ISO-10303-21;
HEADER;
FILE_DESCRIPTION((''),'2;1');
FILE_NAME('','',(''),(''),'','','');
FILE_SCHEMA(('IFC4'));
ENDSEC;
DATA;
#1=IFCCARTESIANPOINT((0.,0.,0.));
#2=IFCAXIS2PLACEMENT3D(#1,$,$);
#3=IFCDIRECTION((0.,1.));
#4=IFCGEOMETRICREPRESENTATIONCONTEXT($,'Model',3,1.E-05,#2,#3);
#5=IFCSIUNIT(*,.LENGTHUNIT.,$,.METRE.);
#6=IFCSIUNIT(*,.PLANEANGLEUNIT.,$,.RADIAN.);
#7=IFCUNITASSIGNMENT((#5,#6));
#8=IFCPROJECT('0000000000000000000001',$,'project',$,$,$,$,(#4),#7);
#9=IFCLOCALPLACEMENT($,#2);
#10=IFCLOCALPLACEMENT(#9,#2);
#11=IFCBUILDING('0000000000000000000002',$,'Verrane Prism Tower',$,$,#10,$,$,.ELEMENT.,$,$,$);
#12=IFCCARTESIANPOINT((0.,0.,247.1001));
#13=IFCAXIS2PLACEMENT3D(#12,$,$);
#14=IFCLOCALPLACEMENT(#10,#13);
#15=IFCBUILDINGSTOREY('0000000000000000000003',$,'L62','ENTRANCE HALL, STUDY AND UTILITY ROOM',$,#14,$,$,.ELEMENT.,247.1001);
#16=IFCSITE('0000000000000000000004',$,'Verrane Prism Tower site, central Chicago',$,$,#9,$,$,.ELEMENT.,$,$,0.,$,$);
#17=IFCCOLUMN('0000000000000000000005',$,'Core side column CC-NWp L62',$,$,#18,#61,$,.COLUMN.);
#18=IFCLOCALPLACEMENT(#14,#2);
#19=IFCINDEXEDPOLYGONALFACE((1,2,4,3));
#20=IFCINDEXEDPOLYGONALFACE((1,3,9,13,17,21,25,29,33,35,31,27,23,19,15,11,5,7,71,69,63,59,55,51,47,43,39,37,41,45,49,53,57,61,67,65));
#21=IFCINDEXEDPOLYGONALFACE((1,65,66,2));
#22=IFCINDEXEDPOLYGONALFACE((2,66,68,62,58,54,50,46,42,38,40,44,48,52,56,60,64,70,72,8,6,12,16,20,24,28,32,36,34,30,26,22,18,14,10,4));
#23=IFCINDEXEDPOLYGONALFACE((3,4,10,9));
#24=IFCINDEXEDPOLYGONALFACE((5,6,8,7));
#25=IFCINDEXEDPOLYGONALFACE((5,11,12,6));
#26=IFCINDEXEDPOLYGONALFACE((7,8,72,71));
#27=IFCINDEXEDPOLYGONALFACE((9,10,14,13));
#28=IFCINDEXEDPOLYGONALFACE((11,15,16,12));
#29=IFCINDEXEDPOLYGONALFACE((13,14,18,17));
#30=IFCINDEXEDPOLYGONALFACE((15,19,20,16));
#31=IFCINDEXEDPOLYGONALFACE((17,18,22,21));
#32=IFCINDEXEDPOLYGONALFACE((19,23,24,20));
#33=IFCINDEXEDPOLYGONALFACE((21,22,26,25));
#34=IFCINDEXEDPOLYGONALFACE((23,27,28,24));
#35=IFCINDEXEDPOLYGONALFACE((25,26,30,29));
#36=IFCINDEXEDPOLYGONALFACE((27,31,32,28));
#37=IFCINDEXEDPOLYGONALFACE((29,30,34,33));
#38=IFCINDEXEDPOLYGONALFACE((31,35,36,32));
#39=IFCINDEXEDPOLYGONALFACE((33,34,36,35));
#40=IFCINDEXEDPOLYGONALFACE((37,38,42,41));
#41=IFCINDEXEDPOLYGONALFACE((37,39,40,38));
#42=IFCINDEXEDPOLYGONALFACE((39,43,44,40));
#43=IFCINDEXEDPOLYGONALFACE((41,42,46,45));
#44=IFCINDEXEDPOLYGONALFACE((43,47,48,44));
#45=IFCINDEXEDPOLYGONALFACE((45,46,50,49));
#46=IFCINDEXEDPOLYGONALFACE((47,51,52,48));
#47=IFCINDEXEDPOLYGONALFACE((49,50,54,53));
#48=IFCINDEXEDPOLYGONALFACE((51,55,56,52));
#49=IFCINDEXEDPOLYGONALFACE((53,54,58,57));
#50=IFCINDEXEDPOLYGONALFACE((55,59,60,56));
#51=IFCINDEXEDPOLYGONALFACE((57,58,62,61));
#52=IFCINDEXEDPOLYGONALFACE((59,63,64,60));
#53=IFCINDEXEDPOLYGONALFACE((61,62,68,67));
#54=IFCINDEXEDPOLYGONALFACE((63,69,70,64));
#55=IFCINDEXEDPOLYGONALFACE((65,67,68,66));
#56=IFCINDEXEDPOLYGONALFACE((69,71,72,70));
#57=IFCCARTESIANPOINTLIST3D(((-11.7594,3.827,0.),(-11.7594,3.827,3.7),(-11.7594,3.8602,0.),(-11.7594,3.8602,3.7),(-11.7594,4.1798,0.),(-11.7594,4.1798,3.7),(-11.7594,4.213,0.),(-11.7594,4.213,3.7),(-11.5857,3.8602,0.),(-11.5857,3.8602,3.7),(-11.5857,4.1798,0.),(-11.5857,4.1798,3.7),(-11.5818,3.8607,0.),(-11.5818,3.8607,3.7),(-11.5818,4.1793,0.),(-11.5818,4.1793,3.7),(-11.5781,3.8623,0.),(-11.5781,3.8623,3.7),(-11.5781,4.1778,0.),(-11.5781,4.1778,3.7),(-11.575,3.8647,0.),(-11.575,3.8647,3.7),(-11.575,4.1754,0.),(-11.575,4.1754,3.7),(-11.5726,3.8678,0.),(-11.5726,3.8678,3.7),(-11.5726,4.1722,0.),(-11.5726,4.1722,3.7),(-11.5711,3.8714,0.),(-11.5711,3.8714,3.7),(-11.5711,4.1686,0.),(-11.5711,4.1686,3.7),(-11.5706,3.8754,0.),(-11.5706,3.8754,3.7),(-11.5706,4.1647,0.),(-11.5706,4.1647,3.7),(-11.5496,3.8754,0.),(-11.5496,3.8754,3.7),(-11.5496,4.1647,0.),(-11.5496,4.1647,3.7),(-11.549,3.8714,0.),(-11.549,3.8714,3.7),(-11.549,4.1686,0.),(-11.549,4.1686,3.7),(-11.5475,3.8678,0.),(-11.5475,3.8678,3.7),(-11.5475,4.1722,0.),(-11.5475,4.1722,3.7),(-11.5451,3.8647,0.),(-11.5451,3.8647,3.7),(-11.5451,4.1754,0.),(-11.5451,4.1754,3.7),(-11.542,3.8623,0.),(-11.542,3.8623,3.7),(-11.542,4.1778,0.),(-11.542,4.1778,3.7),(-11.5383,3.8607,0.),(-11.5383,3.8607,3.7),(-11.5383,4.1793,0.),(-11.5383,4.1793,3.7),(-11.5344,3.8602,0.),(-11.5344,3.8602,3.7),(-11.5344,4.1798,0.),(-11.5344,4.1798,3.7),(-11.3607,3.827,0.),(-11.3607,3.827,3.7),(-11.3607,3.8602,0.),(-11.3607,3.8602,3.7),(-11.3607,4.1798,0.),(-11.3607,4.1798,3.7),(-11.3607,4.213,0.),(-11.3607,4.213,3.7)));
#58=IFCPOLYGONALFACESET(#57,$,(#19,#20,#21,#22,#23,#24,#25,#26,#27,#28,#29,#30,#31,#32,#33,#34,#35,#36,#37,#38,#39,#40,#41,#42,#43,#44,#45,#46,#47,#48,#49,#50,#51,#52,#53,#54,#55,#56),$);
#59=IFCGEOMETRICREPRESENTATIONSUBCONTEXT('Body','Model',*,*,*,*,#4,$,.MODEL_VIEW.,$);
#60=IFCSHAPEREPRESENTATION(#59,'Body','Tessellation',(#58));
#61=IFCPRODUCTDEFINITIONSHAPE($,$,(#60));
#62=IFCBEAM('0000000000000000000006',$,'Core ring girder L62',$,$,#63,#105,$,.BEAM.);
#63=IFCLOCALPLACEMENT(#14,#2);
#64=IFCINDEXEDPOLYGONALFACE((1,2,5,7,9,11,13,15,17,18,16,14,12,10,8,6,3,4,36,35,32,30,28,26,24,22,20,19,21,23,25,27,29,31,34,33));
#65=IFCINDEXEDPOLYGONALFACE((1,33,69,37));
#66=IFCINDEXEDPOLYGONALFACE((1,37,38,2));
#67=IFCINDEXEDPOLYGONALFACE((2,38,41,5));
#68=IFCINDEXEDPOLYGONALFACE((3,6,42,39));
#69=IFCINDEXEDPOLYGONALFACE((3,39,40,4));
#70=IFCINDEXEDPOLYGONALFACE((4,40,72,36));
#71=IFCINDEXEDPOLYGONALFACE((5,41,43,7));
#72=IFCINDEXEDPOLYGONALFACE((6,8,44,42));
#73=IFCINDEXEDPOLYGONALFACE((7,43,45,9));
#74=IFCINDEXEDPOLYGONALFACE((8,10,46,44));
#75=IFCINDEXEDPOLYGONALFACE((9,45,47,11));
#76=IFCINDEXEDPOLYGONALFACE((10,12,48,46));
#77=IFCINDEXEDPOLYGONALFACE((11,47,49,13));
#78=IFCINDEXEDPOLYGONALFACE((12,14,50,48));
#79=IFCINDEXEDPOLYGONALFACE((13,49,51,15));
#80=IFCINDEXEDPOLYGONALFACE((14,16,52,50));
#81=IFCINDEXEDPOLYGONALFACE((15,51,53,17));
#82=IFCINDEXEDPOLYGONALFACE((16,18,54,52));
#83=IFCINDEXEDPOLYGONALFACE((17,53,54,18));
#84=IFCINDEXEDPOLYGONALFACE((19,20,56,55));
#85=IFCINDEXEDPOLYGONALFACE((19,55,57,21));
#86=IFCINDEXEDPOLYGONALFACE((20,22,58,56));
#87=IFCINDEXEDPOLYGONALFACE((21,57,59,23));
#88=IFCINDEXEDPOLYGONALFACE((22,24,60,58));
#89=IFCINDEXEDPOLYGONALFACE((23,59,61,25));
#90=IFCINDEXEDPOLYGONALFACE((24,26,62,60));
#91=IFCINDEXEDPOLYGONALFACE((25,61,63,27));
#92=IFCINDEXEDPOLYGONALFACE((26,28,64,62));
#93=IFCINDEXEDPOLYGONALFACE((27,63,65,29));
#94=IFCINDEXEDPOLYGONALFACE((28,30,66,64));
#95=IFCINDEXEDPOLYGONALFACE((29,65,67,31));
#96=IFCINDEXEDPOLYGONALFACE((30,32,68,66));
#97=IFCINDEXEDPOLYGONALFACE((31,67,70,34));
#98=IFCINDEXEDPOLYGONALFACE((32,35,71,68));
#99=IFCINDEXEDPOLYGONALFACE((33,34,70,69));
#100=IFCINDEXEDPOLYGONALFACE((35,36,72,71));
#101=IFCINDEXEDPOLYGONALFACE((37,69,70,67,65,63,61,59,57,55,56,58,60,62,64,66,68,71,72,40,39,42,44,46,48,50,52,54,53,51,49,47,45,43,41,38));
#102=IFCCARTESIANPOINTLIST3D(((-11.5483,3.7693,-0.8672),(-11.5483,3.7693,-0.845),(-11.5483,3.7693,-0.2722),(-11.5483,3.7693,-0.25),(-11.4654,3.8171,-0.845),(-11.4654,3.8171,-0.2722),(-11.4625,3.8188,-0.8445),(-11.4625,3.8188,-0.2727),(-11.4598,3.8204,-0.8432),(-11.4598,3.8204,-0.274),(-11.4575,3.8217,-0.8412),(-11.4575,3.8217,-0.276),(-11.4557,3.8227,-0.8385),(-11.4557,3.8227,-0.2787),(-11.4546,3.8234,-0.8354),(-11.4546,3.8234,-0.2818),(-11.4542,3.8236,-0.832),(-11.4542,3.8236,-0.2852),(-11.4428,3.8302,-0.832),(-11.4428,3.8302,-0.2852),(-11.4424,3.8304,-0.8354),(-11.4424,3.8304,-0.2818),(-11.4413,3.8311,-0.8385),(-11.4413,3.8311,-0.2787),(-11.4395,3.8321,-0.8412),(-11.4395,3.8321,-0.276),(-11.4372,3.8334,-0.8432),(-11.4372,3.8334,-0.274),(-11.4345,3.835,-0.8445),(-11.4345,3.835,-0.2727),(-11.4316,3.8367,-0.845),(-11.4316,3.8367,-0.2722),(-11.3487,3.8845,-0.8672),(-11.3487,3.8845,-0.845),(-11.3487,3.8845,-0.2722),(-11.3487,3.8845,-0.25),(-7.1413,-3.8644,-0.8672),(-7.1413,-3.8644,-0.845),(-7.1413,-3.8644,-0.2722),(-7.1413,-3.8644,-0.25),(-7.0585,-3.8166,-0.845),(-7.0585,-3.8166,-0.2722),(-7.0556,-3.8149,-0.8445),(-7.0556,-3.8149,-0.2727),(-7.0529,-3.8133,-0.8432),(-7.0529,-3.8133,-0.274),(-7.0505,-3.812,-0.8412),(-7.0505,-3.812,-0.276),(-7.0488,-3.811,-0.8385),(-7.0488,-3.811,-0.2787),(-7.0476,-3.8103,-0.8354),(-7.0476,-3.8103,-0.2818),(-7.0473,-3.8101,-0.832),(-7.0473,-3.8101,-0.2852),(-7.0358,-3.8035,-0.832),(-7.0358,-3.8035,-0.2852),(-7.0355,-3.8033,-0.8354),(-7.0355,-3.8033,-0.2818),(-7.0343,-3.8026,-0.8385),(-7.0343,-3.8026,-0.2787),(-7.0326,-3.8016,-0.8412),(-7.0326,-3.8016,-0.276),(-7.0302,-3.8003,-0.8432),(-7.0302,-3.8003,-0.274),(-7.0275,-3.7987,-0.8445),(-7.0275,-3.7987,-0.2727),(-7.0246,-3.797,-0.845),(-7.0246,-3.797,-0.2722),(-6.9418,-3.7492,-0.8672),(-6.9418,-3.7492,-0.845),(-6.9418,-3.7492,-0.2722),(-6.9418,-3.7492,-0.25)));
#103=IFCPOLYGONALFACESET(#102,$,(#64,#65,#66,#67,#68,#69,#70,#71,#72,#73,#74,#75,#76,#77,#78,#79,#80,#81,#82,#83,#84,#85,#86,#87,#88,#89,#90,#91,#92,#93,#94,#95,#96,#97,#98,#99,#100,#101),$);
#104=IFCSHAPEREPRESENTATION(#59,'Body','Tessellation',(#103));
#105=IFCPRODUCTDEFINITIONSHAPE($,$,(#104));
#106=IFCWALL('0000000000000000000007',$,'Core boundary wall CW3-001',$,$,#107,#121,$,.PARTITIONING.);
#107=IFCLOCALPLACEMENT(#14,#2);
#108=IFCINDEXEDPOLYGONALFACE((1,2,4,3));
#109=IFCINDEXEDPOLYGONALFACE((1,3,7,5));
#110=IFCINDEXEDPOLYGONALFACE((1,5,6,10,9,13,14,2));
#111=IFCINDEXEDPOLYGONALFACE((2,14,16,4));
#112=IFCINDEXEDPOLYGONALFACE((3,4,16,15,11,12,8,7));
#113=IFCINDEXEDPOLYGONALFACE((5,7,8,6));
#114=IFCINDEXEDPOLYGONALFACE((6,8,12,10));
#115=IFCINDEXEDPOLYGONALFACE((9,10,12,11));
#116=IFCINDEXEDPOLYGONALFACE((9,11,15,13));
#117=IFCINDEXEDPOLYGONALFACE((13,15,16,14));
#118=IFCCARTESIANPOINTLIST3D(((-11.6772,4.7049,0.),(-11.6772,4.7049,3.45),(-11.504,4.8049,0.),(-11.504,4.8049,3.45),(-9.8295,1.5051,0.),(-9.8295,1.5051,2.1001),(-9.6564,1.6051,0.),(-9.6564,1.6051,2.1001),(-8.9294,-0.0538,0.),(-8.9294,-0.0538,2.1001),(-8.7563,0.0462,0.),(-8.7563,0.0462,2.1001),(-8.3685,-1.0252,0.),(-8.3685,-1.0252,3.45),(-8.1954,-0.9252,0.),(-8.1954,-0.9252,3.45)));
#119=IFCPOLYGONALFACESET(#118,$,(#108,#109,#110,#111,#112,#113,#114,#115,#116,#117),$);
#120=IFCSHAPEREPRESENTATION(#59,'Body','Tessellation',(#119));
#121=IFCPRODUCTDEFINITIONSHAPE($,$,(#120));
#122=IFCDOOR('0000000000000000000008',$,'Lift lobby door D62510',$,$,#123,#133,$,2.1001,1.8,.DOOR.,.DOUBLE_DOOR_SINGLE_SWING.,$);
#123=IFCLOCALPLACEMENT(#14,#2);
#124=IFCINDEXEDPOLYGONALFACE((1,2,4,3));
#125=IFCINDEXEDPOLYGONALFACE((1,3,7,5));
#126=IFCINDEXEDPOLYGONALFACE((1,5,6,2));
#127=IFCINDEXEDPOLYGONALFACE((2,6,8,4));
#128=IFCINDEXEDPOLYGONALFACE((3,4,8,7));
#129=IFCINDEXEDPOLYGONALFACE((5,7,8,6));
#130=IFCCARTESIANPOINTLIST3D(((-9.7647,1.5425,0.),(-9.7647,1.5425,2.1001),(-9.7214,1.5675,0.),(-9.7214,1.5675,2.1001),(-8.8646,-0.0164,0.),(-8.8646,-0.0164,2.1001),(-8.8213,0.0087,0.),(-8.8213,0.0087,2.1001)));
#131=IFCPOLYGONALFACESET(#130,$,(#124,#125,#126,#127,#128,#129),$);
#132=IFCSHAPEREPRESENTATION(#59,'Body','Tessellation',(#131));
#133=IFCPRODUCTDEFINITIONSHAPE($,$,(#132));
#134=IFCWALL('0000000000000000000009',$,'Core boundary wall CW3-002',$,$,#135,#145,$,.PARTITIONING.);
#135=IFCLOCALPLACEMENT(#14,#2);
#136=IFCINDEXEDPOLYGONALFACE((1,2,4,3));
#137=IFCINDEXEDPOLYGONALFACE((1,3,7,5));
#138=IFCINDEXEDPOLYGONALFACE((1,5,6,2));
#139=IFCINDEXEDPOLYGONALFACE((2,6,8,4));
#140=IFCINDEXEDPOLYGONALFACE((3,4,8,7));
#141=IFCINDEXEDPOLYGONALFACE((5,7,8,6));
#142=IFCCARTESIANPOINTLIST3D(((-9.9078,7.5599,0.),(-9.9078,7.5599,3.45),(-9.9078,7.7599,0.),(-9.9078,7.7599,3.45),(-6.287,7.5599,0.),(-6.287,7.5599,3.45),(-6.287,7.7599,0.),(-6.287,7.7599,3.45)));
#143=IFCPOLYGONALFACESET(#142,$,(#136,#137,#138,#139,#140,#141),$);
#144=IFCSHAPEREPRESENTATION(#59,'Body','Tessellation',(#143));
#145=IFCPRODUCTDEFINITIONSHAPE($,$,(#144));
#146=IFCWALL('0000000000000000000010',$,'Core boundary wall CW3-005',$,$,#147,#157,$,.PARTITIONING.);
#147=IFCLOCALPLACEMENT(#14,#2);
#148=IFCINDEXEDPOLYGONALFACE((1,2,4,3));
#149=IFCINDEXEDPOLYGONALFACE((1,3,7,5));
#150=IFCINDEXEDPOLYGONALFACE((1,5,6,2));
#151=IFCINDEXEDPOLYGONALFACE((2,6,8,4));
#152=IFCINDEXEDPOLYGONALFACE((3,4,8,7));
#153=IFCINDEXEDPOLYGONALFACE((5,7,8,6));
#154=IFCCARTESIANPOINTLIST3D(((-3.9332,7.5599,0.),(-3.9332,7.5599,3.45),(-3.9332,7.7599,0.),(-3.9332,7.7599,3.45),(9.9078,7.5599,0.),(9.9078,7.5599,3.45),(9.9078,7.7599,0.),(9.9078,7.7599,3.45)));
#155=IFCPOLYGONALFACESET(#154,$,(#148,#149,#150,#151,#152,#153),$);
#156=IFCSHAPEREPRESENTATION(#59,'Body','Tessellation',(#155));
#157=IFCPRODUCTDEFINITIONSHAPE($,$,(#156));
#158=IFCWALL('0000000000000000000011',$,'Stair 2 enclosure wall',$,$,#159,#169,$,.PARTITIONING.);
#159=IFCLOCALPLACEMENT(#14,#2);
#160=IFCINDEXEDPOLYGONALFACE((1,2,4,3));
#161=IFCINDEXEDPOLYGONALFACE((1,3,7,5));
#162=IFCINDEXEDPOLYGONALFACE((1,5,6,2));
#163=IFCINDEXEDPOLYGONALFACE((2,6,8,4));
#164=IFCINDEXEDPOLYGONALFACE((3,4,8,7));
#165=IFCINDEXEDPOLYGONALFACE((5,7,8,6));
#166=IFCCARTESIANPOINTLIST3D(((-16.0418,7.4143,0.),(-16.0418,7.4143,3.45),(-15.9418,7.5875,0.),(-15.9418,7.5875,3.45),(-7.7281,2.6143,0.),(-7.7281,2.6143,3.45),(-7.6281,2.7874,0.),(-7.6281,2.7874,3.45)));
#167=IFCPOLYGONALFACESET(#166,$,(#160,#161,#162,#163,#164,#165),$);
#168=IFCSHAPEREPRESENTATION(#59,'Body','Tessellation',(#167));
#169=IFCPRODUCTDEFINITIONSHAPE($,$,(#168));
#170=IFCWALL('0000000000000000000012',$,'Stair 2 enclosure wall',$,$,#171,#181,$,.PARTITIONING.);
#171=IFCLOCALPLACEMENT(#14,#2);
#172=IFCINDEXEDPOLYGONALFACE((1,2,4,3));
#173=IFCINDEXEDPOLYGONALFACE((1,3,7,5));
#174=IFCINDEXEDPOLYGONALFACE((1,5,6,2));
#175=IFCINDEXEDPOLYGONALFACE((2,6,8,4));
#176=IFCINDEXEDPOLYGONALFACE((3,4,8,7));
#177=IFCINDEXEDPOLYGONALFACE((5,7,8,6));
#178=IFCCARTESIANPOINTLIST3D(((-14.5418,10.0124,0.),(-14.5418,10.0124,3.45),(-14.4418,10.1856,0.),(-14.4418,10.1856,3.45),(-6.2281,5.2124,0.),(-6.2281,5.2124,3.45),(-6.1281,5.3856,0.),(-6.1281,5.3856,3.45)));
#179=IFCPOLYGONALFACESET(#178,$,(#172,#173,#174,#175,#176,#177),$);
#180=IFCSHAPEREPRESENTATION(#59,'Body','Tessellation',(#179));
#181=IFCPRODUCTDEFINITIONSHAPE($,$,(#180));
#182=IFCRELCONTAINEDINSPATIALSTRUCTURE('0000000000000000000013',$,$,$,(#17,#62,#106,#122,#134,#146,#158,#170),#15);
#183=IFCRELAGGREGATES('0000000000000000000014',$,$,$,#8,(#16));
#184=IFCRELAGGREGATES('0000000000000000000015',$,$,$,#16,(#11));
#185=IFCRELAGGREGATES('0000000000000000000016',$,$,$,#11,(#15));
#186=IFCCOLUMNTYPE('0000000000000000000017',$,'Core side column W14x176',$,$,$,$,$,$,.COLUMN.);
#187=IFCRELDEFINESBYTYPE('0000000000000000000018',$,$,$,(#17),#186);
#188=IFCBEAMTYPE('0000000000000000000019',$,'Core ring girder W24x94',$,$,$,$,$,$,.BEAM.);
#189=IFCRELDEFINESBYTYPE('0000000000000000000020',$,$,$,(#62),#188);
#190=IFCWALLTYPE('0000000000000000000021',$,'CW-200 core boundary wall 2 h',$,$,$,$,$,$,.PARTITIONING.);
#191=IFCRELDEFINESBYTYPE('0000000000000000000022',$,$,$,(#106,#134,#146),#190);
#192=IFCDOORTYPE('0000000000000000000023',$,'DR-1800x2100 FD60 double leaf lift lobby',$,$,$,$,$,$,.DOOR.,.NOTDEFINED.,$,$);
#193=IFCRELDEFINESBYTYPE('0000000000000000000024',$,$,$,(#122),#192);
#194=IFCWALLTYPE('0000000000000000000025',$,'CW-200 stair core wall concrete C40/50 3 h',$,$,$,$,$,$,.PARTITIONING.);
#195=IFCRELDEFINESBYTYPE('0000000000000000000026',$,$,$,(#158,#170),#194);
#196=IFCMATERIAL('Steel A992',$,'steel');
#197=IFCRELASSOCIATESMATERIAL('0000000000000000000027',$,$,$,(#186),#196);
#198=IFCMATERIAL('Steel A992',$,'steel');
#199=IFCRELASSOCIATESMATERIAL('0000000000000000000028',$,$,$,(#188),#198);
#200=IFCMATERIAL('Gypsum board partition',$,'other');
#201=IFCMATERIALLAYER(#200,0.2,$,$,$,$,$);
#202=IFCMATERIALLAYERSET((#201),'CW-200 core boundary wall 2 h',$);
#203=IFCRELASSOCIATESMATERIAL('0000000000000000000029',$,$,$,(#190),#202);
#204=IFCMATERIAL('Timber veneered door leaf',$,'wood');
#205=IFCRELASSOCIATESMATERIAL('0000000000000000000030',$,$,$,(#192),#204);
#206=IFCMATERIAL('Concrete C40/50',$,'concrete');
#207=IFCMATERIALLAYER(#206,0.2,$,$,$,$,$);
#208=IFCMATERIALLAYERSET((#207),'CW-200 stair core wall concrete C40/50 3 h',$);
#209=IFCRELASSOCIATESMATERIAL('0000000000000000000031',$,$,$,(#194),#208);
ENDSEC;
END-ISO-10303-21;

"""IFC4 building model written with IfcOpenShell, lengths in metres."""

from ifc_helpers import new_model, si_unit, direction, frame, frame_2d, origin, origin_2d, place, context, subcontext, project, spatial, rectangle, i_section, extrude, material, layer, layer_set, material_profile, profile_set, type_object, element, fill, save


model = new_model("IFC4")

# Units and contexts
model_context = context("Model", 3, precision=1e-05, world=origin(), true_north=direction((0.0, 1.0)))
body_context = subcontext(model_context, "Body", "Model", "MODEL_VIEW")
ifc_project = project(units=[si_unit("LENGTHUNIT", "METRE"), si_unit("PLANEANGLEUNIT", "RADIAN")], contexts=[model_context])

# Site, building, storey
site_placement = place(None, origin())
site = spatial("IfcSite", under=ifc_project, at=site_placement, Name="Verrane Prism Tower site, central Chicago", CompositionType="ELEMENT", RefElevation=0.0)
building_placement = place(site_placement, origin())
building = spatial("IfcBuilding", under=site, at=building_placement, Name="Verrane Prism Tower", CompositionType="ELEMENT")
storey_placement = place(building_placement, frame((0.0, 0.0, 247.1001)))
storey = spatial("IfcBuildingStorey", under=building, at=storey_placement, Name="L62", Description="ENTRANCE HALL, STUDY AND UTILITY ROOM", CompositionType="ELEMENT", Elevation=247.1001)

# Column
ifc_material_1 = material(Name="Steel A992", Category="steel")
ifc_material_profile_1 = material_profile(ifc_material_1, i_section(OverallWidth=0.3987, OverallDepth=0.386, WebThickness=0.021, FlangeThickness=0.0332, FilletRadius=0.0151, at=origin_2d()), Name="W14x176")
ifc_profile_set_1 = profile_set([ifc_material_profile_1], Name="Steel A992")
column_type = type_object("IfcColumnType", Name="Core side column W14x176", PredefinedType="COLUMN", material=ifc_profile_set_1)
column_placement = place(storey_placement, frame((-11.5601, 4.02, 0.0), z_axis=(0.0, 0.0, 1.0), x_axis=(1.0, 0.0, 0.0)))
element("IfcColumn", 1, at=column_placement, inside=storey, type_object=column_type, Name="Core side column CC-NWp L62", PredefinedType="COLUMN", context=body_context, shape_type="SweptSolid", body=[
    extrude(i_section(OverallWidth=0.3987, OverallDepth=0.386, WebThickness=0.021, FlangeThickness=0.0332, FilletRadius=0.0151, at=origin_2d()), origin(), (0.0, 0.0, 1.0), 3.7),
])

# Beam
ifc_material_2 = material(Name="Steel A992", Category="steel")
ifc_material_profile_2 = material_profile(ifc_material_2, i_section(OverallWidth=0.2305, OverallDepth=0.6172, WebThickness=0.0132, FlangeThickness=0.0222, FilletRadius=0.0129, at=origin_2d()), Name="W24x94")
ifc_profile_set_2 = profile_set([ifc_material_profile_2], Name="Steel A992")
beam_type = type_object("IfcBeamType", Name="Core ring girder W24x94", PredefinedType="BEAM", material=ifc_profile_set_2)
beam_placement = place(storey_placement, frame((-11.4485, 3.8269, -0.5586), z_axis=(0.499967, -0.866044, 0.0), x_axis=(0.866044, 0.499967, 0.0)))
element("IfcBeam", 2, at=beam_placement, inside=storey, type_object=beam_type, Name="Core ring girder L62", PredefinedType="BEAM", context=body_context, shape_type="SweptSolid", body=[
    extrude(i_section(OverallWidth=0.2305, OverallDepth=0.6172, WebThickness=0.0132, FlangeThickness=0.0222, FilletRadius=0.0129, at=origin_2d()), origin(), (0.0, 0.0, 1.0), 8.8145),
])

# Wall, opening, door
ifc_material_3 = material(Name="Gypsum board partition", Category="other")
ifc_layer_1 = layer(ifc_material_3, 0.2)
ifc_layer_set_1 = layer_set([ifc_layer_1], Name="CW-200 core boundary wall 2 h")
wall_type_1 = type_object("IfcWallType", Name="CW-200 core boundary wall 2 h", PredefinedType="PARTITIONING", material=ifc_layer_set_1)
wall_1_placement = place(storey_placement, frame((-11.5906, 4.7549, 0.0), z_axis=(0.0, 0.0, 1.0), x_axis=(0.500044, -0.866, 0.0)))
wall_1 = element("IfcWall", 3, at=wall_1_placement, inside=storey, type_object=wall_type_1, Name="Core boundary wall CW3-001", PredefinedType="PARTITIONING", context=body_context, shape_type="SweptSolid", body=[
    extrude(rectangle(XDim=6.6167, YDim=0.2, at=frame_2d((3.3083, 0.0))), origin(), (0.0, 0.0, 1.0), 3.45),
])
opening_1_placement = place(wall_1_placement, frame((3.6951, 0.0, 0.0)))
opening_1 = element("IfcOpeningElement", 4, at=opening_1_placement, cuts=wall_1, PredefinedType="OPENING", context=body_context, shape_type="SweptSolid", body=[
    extrude(rectangle(XDim=1.8, YDim=2.1001, at=frame_2d((0.8999, 1.05))), frame((0.0, 0.1099, 0.0), z_axis=(0.0, -1.0, 0.0), x_axis=(1.0, 0.0, 0.0)), (0.0, 0.0, 1.0), 0.22),
])
ifc_material_4 = material(Name="Timber veneered door leaf", Category="wood")
door_type_1 = type_object("IfcDoorType", Name="DR-1800x2100 FD60 double leaf lift lobby", OperationType="NOTDEFINED", PredefinedType="DOOR", material=ifc_material_4)
door_1_placement = place(opening_1_placement, origin())
door_1 = element("IfcDoor", 5, at=door_1_placement, inside=storey, type_object=door_type_1, Name="Lift lobby door D62510", OperationType="DOUBLE_DOOR_SINGLE_SWING", OverallHeight=2.1001, OverallWidth=1.8, PredefinedType="DOOR", context=body_context, shape_type="SweptSolid", body=[
    extrude(rectangle(XDim=1.8, YDim=2.1001, at=frame_2d((0.8999, 1.05))), frame((0.0, 0.0249, 0.0), z_axis=(0.0, -1.0, 0.0), x_axis=(1.0, 0.0, 0.0)), (0.0, 0.0, 1.0), 0.05),
])
fill(opening_1, door_1)

# Walls
wall_2_placement = place(storey_placement, frame((-9.908, 7.6599, 0.0), z_axis=(0.0, 0.0, 1.0), x_axis=(1.0, 0.0, 0.0)))
element("IfcWall", 6, at=wall_2_placement, inside=storey, type_object=wall_type_1, Name="Core boundary wall CW3-002", PredefinedType="PARTITIONING", context=body_context, shape_type="SweptSolid", body=[
    extrude(rectangle(XDim=3.6208, YDim=0.2, at=frame_2d((1.8105, 0.0))), origin(), (0.0, 0.0, 1.0), 3.45),
])
wall_3_placement = place(storey_placement, frame((-3.9331, 7.6599, 0.0), z_axis=(0.0, 0.0, 1.0), x_axis=(1.0, 0.0, 0.0)))
element("IfcWall", 7, at=wall_3_placement, inside=storey, type_object=wall_type_1, Name="Core boundary wall CW3-005", PredefinedType="PARTITIONING", context=body_context, shape_type="SweptSolid", body=[
    extrude(rectangle(XDim=13.8411, YDim=0.2, at=frame_2d((6.9204, 0.0))), origin(), (0.0, 0.0, 1.0), 3.45),
])
ifc_material_5 = material(Name="Concrete C40/50", Category="concrete")
ifc_layer_2 = layer(ifc_material_5, 0.2)
ifc_layer_set_2 = layer_set([ifc_layer_2], Name="CW-200 stair core wall concrete C40/50 3 h")
wall_type_2 = type_object("IfcWallType", Name="CW-200 stair core wall concrete C40/50 3 h", PredefinedType="PARTITIONING", material=ifc_layer_set_2)
for number, where, z_axis, x_axis, name in (
    (8, (-7.6782, 2.7009, 0.0), (0.0, 0.0, 1.0), (-0.86602, 0.500009, 0.0), "Stair 2 enclosure wall"),
    (9, (-6.1782, 5.2991, 0.0), (0.0, 0.0, 1.0), (-0.86602, 0.500009, 0.0), "Stair 2 enclosure wall"),
):
    element("IfcWall", number, at=place(storey_placement, frame(where, z_axis=z_axis, x_axis=x_axis)), inside=storey, type_object=wall_type_2, Name=name, PredefinedType="PARTITIONING", context=body_context, shape_type="SweptSolid", body=[
        extrude(rectangle(XDim=9.5999, YDim=0.2, at=frame_2d((4.7998, 0.0))), origin(), (0.0, 0.0, 1.0), 3.45),
    ])

save(model, "model.ifc")
